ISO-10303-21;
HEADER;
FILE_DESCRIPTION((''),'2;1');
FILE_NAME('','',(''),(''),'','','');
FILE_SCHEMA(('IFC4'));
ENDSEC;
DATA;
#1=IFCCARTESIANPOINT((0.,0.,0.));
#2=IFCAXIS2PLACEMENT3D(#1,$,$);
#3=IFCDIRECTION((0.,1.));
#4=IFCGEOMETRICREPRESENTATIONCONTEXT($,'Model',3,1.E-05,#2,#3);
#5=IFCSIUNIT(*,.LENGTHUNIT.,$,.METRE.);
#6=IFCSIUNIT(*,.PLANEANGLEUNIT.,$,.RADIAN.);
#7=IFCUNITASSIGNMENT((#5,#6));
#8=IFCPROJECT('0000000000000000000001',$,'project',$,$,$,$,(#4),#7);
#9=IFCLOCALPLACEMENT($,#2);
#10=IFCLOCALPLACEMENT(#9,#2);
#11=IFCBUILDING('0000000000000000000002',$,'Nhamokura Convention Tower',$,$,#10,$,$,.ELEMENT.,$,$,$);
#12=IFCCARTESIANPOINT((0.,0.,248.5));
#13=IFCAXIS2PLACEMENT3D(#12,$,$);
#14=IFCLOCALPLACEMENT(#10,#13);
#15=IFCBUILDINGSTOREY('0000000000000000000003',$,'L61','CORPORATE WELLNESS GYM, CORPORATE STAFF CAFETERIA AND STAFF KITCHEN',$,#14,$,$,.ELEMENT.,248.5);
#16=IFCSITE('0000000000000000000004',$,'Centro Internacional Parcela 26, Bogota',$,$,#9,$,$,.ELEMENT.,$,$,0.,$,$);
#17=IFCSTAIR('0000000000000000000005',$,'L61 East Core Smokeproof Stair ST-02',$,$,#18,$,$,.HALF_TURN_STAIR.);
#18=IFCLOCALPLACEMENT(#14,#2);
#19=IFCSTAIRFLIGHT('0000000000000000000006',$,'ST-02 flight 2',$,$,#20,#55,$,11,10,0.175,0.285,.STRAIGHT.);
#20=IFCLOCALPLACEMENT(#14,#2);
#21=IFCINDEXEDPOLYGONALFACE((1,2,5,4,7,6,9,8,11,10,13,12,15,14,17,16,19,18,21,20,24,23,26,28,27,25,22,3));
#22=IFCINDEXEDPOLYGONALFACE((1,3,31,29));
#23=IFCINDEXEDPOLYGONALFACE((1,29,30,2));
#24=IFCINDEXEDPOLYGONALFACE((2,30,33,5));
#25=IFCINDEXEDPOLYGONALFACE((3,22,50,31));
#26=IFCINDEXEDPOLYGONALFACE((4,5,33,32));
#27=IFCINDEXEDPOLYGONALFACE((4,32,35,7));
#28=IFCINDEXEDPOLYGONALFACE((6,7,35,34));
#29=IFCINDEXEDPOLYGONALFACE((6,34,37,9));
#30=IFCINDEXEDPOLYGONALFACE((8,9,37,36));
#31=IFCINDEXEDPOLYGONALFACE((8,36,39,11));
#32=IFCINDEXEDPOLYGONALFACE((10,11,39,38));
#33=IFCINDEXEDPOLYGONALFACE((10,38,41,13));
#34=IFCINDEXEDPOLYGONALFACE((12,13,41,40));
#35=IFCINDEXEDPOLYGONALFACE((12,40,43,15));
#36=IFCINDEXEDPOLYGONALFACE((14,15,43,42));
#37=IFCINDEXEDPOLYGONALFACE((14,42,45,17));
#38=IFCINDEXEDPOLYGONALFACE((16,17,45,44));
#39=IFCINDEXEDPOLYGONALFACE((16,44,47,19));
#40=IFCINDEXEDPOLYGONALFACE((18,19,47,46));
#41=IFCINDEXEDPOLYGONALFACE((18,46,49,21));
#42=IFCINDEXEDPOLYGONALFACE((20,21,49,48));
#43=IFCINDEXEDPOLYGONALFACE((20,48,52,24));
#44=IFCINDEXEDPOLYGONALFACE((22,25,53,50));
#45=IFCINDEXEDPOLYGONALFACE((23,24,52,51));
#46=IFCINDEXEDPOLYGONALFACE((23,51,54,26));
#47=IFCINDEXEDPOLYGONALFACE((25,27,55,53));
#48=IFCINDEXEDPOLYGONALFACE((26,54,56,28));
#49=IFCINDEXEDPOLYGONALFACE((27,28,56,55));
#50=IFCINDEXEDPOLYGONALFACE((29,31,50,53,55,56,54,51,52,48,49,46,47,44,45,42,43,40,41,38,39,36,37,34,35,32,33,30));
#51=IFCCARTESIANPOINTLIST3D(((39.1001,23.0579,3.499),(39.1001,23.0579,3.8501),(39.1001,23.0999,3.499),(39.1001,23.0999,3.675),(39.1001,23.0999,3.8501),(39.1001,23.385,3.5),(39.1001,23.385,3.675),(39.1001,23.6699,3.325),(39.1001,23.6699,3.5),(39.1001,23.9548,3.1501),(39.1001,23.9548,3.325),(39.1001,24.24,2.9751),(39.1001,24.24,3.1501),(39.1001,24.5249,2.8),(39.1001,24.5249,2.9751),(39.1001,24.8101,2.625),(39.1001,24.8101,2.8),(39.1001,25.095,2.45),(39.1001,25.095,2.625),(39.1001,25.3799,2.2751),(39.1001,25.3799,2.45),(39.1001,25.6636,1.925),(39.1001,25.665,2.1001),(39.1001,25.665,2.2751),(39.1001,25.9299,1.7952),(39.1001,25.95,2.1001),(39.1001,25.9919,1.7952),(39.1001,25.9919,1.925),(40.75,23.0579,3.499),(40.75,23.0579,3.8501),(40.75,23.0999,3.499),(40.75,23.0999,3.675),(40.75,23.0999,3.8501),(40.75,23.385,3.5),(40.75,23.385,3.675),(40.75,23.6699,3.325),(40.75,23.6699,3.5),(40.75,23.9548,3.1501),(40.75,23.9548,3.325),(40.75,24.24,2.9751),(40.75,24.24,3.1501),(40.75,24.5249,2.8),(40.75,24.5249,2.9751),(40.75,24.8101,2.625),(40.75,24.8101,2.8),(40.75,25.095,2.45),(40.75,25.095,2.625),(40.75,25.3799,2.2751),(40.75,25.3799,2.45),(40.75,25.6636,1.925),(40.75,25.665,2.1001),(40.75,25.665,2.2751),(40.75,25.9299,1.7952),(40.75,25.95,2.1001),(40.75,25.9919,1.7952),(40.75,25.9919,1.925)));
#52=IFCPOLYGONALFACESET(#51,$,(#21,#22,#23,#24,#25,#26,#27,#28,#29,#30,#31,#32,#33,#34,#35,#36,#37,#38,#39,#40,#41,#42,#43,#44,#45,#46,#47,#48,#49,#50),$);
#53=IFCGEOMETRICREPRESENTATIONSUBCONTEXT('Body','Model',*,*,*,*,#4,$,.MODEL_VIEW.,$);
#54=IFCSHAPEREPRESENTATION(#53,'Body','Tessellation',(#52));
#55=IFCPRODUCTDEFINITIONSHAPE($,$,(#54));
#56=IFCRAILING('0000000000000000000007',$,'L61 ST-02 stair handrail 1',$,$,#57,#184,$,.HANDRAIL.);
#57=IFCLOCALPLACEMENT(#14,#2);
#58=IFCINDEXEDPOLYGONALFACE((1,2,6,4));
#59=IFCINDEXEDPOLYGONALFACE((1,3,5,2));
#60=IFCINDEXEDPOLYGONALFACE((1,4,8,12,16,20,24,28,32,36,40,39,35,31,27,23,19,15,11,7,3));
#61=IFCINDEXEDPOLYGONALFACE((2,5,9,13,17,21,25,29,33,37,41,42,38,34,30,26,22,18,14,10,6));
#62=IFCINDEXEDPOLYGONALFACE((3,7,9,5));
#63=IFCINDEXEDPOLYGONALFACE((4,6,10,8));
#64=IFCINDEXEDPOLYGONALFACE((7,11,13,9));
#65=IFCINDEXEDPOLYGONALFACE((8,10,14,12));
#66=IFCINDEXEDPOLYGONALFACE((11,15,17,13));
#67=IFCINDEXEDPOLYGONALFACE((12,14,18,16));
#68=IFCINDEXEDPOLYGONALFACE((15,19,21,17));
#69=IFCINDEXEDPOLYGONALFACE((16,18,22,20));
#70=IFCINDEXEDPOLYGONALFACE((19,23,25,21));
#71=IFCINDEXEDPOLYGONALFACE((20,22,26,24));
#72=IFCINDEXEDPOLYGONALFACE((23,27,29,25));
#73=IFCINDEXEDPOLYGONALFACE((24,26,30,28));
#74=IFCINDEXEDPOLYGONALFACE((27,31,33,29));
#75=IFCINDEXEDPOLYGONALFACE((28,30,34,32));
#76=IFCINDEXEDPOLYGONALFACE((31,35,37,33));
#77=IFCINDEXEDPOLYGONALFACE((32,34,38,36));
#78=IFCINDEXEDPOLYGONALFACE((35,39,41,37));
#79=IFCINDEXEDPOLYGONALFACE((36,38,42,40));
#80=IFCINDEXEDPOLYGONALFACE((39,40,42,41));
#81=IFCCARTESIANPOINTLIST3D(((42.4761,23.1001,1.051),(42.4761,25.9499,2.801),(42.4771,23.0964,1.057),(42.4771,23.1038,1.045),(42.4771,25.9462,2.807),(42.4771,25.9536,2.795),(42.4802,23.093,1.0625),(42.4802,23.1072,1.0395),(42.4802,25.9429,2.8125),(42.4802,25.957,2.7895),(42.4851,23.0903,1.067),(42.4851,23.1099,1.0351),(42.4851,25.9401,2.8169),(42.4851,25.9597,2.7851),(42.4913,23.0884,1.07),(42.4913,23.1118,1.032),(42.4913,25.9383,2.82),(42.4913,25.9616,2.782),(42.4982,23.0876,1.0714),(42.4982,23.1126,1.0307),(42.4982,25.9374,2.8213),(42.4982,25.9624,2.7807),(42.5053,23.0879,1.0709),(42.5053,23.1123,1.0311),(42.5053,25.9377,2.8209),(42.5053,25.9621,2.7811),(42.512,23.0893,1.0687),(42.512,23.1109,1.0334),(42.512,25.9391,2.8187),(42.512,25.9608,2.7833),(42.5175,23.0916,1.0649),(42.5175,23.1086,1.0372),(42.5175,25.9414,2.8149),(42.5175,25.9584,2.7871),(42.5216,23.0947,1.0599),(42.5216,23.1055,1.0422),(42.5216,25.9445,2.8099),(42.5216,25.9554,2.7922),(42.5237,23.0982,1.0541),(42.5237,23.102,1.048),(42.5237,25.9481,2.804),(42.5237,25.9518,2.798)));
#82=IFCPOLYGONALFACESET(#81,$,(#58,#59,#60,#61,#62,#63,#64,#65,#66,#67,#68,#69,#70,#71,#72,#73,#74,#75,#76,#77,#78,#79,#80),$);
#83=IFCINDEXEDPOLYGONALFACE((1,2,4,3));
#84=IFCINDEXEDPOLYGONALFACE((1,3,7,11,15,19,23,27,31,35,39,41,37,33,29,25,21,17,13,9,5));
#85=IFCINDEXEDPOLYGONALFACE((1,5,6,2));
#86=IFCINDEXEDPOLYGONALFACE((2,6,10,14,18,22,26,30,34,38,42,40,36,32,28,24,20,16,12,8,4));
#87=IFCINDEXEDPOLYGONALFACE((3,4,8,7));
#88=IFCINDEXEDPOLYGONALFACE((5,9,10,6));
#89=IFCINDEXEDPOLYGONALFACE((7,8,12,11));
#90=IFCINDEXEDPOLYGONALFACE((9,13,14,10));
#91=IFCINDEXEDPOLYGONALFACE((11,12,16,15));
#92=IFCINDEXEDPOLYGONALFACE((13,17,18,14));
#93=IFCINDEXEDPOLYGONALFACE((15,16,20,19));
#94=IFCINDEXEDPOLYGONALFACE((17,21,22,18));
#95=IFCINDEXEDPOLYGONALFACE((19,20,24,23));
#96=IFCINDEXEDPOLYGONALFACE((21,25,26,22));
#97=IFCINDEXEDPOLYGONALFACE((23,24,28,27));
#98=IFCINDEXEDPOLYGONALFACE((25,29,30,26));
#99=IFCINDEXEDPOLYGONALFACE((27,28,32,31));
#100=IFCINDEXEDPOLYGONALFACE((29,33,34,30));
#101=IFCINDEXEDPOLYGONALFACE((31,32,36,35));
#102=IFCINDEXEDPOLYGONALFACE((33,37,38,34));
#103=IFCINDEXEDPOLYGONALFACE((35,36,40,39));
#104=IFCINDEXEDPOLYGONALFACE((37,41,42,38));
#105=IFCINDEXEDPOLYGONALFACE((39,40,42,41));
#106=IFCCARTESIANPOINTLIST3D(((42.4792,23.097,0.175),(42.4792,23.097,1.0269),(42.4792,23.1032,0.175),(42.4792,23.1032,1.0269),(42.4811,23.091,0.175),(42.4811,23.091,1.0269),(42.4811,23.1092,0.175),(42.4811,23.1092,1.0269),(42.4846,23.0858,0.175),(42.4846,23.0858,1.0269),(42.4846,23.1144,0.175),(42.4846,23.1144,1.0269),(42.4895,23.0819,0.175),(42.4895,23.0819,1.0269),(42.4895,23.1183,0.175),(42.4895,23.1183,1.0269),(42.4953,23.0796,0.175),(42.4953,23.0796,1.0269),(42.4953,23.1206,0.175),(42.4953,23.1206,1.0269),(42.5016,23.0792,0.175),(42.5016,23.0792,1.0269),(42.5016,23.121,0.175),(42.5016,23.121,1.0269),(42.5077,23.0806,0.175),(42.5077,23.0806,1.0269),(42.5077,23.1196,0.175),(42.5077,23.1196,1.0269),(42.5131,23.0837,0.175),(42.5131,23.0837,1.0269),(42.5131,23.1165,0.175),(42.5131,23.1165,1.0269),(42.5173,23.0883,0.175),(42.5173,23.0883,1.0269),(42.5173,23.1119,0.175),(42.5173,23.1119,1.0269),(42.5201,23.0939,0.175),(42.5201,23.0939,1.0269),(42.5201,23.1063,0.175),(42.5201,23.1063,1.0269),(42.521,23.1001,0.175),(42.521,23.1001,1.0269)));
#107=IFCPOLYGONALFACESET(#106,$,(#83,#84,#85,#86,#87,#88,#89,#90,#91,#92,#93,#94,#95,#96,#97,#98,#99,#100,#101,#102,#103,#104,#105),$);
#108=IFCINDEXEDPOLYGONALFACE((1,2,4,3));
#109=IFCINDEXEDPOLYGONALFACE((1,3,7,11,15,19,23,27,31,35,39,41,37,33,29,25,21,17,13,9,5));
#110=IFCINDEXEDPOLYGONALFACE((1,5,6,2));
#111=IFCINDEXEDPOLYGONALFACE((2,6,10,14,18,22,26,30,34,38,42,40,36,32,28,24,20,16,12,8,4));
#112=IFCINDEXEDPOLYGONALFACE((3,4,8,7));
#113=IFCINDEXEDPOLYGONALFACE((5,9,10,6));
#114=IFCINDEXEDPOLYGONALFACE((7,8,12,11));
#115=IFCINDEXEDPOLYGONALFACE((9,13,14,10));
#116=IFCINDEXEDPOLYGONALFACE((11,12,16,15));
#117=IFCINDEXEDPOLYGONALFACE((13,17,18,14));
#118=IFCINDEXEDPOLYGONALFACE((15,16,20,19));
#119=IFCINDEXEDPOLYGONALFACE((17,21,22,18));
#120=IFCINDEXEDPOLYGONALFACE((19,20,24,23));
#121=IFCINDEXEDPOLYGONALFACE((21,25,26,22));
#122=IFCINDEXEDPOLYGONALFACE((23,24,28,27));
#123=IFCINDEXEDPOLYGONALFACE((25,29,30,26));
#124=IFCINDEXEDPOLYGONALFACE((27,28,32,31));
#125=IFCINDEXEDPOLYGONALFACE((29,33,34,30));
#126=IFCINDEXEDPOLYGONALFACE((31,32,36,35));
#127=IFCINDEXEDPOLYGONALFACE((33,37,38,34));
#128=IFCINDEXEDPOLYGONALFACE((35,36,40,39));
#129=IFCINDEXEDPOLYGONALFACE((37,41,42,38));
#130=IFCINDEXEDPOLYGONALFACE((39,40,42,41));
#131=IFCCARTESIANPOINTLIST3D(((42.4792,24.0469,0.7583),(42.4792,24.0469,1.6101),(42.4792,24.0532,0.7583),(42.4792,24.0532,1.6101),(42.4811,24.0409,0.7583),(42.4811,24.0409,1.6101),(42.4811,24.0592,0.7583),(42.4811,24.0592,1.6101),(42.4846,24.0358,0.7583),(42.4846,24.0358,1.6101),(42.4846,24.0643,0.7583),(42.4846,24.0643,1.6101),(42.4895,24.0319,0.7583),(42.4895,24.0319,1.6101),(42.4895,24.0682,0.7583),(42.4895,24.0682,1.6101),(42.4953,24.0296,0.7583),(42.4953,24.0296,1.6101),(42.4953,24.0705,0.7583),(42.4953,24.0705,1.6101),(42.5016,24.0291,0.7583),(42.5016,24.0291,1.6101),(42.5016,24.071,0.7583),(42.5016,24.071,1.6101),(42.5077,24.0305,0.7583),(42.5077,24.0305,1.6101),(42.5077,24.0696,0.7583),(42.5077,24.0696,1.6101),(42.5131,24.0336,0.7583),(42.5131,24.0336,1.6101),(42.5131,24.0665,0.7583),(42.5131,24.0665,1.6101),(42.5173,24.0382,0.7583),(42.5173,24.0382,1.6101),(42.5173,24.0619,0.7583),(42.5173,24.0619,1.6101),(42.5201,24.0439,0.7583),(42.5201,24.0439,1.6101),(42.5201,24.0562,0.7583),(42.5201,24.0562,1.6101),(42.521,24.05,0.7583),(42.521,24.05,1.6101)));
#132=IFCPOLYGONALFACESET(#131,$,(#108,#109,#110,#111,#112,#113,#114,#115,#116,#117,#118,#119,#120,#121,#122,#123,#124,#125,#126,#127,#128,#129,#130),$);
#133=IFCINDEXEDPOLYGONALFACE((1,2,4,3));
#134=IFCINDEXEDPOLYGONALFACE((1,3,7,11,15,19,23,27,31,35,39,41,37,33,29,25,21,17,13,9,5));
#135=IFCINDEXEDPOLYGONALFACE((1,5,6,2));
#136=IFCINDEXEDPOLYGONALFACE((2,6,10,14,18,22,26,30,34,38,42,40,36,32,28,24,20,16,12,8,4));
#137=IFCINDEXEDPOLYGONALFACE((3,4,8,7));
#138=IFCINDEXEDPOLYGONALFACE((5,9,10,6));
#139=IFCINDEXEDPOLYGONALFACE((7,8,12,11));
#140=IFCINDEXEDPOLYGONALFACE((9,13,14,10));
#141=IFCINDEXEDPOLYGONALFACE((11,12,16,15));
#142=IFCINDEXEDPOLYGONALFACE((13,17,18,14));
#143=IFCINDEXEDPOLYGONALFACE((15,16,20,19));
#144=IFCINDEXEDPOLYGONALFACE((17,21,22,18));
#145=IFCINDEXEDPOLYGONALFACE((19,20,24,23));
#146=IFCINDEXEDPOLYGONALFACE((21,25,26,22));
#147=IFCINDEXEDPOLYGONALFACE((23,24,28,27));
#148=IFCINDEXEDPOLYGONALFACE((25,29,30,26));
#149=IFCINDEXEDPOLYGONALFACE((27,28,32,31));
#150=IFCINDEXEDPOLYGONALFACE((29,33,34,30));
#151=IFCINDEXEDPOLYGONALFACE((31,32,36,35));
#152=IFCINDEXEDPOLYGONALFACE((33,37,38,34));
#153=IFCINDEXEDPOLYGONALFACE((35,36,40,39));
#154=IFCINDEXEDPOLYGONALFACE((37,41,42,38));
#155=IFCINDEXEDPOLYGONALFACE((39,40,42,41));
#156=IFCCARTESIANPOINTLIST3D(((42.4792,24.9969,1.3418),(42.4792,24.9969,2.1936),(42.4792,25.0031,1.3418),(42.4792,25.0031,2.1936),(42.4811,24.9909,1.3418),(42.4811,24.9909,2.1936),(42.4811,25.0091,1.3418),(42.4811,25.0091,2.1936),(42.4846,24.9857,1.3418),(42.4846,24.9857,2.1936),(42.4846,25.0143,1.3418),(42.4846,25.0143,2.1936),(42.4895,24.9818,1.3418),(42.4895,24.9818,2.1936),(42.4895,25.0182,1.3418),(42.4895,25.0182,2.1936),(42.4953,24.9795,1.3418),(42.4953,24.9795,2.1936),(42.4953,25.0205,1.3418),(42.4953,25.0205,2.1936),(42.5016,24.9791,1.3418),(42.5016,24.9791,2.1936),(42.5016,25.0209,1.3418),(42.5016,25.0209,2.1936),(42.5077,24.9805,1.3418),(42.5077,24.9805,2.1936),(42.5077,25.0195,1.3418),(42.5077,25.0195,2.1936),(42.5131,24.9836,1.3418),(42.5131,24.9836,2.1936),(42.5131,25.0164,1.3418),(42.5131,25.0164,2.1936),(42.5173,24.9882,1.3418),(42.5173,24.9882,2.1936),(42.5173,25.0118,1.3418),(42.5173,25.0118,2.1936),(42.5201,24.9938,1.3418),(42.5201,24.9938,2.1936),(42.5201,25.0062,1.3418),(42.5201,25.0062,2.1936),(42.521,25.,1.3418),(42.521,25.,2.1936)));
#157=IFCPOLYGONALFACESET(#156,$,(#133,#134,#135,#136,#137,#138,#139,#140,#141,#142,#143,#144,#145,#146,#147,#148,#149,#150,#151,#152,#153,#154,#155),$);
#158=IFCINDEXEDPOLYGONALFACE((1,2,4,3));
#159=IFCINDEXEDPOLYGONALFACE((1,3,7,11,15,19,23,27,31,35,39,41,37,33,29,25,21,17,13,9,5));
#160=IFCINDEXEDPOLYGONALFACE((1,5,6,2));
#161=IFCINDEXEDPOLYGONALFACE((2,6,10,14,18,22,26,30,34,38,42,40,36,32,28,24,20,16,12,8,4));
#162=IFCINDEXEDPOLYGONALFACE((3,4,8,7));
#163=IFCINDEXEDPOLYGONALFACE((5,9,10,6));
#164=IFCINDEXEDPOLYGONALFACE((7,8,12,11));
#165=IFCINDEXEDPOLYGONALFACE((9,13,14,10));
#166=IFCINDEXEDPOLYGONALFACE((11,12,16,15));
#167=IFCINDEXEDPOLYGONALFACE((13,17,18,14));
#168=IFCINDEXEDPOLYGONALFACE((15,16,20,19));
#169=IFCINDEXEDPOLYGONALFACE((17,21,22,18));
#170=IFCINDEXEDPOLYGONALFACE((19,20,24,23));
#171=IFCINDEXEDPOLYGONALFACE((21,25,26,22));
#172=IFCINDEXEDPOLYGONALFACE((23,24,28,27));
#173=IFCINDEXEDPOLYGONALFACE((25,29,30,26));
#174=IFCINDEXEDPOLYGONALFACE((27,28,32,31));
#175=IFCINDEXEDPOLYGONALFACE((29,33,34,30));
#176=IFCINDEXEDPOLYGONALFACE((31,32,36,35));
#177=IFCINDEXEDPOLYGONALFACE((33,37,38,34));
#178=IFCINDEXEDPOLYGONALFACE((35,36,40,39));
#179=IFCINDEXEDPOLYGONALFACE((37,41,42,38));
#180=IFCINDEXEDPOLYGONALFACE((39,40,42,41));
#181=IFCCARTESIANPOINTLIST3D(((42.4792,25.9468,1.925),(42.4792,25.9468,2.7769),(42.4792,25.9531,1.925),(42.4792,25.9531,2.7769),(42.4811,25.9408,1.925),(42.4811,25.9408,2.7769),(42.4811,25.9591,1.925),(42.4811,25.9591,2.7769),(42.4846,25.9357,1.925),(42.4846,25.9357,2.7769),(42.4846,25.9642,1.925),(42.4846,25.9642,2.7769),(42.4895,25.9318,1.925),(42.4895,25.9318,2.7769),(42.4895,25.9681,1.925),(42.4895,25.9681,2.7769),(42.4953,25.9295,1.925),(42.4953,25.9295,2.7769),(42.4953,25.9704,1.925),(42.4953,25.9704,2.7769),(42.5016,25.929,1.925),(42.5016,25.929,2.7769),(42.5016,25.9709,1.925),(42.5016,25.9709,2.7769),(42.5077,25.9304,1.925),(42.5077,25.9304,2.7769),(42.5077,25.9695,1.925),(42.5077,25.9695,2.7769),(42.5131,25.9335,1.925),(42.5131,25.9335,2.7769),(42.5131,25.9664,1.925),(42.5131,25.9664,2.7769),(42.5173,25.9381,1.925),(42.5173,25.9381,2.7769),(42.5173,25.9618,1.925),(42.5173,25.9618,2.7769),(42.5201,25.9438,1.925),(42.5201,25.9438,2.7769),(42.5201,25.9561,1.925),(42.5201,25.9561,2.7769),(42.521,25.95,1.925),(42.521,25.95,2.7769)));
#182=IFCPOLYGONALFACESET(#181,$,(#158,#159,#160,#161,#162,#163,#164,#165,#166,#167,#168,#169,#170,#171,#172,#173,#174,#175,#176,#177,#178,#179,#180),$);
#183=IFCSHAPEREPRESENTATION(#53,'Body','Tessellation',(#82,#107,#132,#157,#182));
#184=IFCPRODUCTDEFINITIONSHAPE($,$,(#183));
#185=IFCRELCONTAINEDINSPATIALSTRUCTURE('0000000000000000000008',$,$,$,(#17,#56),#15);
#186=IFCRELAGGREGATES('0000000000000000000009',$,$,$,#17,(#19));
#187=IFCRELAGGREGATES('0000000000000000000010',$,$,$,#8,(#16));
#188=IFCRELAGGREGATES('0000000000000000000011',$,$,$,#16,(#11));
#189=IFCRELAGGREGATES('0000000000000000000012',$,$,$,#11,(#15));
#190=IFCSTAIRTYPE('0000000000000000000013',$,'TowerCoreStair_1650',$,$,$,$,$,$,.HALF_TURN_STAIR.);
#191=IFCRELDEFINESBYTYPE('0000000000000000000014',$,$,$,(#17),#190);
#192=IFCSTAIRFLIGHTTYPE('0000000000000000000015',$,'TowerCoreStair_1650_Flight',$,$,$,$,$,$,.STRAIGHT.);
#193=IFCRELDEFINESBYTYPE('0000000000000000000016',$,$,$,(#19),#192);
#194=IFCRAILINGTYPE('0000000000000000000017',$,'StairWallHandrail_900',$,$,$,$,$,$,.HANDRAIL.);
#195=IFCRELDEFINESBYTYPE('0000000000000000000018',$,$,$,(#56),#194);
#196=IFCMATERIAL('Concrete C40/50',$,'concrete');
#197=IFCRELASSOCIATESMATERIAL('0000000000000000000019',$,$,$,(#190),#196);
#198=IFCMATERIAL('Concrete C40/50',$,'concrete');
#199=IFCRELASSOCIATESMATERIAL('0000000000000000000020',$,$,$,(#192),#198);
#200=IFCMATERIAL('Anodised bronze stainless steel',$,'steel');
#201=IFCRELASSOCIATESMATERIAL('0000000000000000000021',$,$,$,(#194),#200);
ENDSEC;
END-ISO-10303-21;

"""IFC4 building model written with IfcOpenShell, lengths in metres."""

from ifc_helpers import new_model, si_unit, direction, frame, origin, origin_2d, place, context, subcontext, project, spatial, polyline, circle, outline, extrude, material, type_object, element, aggregate, save


model = new_model("IFC4")

# Units and contexts
model_context = context("Model", 3, precision=1e-05, world=origin(), true_north=direction((0.0, 1.0)))
body_context = subcontext(model_context, "Body", "Model", "MODEL_VIEW")
ifc_project = project(units=[si_unit("LENGTHUNIT", "METRE"), si_unit("PLANEANGLEUNIT", "RADIAN")], contexts=[model_context])

# Site, building, storey
site_placement = place(None, origin())
site = spatial("IfcSite", under=ifc_project, at=site_placement, Name="Centro Internacional Parcela 26, Bogota", CompositionType="ELEMENT", RefElevation=0.0)
building_placement = place(site_placement, origin())
building = spatial("IfcBuilding", under=site, at=building_placement, Name="Nhamokura Convention Tower", CompositionType="ELEMENT")
storey_placement = place(building_placement, frame((0.0, 0.0, 248.5)))
storey = spatial("IfcBuildingStorey", under=building, at=storey_placement, Name="L61", Description="CORPORATE WELLNESS GYM, CORPORATE STAFF CAFETERIA AND STAFF KITCHEN", CompositionType="ELEMENT", Elevation=248.5)

# Stair, stair flight
ifc_material_1 = material(Name="Concrete C40/50", Category="concrete")
stair_type = type_object("IfcStairType", Name="TowerCoreStair_1650", PredefinedType="HALF_TURN_STAIR", material=ifc_material_1)
stair_placement = place(storey_placement, origin())
stair = element("IfcStair", 1, at=stair_placement, inside=storey, type_object=stair_type, Name="L61 East Core Smokeproof Stair ST-02", PredefinedType="HALF_TURN_STAIR")
ifc_material_2 = material(Name="Concrete C40/50", Category="concrete")
stair_flight_type = type_object("IfcStairFlightType", Name="TowerCoreStair_1650_Flight", PredefinedType="STRAIGHT", material=ifc_material_2)
stair_flight_1_placement = place(storey_placement, frame((39.925, 25.95, 1.925), z_axis=(0.0, 0.0, 1.0), x_axis=(0.0, -1.0, 0.0)))
stair_flight_1 = element("IfcStairFlight", 2, at=stair_flight_1_placement, type_object=stair_flight_type, Name="ST-02 flight 2", NumberOfRisers=11, NumberOfTreads=10, PredefinedType="STRAIGHT", RiserHeight=0.175, TreadLength=0.285, context=body_context, shape_type="SweptSolid", body=[
    extrude(outline(polyline([(-0.042, 0.0), (0.0, 0.175), (0.2849, 0.175), (0.2849, 0.3501), (0.5701, 0.3501), (0.5701, 0.5249), (0.855, 0.5249), (0.855, 0.7), (1.1399, 0.7), (1.1399, 0.875), (1.425, 0.875), (1.425, 1.05), (1.71, 1.05), (1.71, 1.2251), (1.9951, 1.2251), (1.9951, 1.3999), (2.28, 1.3999), (2.28, 1.575), (2.5649, 1.575), (2.5649, 1.75), (2.8501, 1.75), (2.8501, 1.925), (2.8921, 1.925), (2.8921, 1.574), (2.8501, 1.574), (0.2864, 0.0), (0.02, -0.1299), (-0.042, -0.1299), (-0.042, 0.0)])), frame((0.0, 0.825, 0.0), z_axis=(0.0, -1.0, 0.0), x_axis=(1.0, 0.0, 0.0)), (0.0, 0.0, 1.0), 1.6499),
])
aggregate(stair, [stair_flight_1])

# Railing
ifc_material_3 = material(Name="Anodised bronze stainless steel", Category="steel")
railing_type_1 = type_object("IfcRailingType", Name="StairWallHandrail_900", PredefinedType="HANDRAIL", material=ifc_material_3)
railing_1_placement = place(storey_placement, frame((42.5, 23.1001, 0.175)))
element("IfcRailing", 3, at=railing_1_placement, inside=storey, type_object=railing_type_1, Name="L61 ST-02 stair handrail 1", PredefinedType="HANDRAIL", context=body_context, shape_type="SweptSolid", body=[
    extrude(circle(Radius=0.0239, at=origin_2d()), frame((0.0, 0.0, 0.876), z_axis=(0.0, 0.852159, 0.523283), x_axis=(-1.0, 0.0, 0.0)), (0.0, 0.0, 1.0), 3.3442),
    extrude(circle(Radius=0.021, at=origin_2d()), origin(), (0.0, 0.0, 1.0), 0.8518),
    extrude(circle(Radius=0.021, at=origin_2d()), frame((0.0, 0.95, 0.5833)), (0.0, 0.0, 1.0), 0.8518),
    extrude(circle(Radius=0.021, at=origin_2d()), frame((0.0, 1.8999, 1.1667)), (0.0, 0.0, 1.0), 0.8518),
    extrude(circle(Radius=0.021, at=origin_2d()), frame((0.0, 2.8499, 1.75)), (0.0, 0.0, 1.0), 0.8518),
])

save(model, "model.ifc")
